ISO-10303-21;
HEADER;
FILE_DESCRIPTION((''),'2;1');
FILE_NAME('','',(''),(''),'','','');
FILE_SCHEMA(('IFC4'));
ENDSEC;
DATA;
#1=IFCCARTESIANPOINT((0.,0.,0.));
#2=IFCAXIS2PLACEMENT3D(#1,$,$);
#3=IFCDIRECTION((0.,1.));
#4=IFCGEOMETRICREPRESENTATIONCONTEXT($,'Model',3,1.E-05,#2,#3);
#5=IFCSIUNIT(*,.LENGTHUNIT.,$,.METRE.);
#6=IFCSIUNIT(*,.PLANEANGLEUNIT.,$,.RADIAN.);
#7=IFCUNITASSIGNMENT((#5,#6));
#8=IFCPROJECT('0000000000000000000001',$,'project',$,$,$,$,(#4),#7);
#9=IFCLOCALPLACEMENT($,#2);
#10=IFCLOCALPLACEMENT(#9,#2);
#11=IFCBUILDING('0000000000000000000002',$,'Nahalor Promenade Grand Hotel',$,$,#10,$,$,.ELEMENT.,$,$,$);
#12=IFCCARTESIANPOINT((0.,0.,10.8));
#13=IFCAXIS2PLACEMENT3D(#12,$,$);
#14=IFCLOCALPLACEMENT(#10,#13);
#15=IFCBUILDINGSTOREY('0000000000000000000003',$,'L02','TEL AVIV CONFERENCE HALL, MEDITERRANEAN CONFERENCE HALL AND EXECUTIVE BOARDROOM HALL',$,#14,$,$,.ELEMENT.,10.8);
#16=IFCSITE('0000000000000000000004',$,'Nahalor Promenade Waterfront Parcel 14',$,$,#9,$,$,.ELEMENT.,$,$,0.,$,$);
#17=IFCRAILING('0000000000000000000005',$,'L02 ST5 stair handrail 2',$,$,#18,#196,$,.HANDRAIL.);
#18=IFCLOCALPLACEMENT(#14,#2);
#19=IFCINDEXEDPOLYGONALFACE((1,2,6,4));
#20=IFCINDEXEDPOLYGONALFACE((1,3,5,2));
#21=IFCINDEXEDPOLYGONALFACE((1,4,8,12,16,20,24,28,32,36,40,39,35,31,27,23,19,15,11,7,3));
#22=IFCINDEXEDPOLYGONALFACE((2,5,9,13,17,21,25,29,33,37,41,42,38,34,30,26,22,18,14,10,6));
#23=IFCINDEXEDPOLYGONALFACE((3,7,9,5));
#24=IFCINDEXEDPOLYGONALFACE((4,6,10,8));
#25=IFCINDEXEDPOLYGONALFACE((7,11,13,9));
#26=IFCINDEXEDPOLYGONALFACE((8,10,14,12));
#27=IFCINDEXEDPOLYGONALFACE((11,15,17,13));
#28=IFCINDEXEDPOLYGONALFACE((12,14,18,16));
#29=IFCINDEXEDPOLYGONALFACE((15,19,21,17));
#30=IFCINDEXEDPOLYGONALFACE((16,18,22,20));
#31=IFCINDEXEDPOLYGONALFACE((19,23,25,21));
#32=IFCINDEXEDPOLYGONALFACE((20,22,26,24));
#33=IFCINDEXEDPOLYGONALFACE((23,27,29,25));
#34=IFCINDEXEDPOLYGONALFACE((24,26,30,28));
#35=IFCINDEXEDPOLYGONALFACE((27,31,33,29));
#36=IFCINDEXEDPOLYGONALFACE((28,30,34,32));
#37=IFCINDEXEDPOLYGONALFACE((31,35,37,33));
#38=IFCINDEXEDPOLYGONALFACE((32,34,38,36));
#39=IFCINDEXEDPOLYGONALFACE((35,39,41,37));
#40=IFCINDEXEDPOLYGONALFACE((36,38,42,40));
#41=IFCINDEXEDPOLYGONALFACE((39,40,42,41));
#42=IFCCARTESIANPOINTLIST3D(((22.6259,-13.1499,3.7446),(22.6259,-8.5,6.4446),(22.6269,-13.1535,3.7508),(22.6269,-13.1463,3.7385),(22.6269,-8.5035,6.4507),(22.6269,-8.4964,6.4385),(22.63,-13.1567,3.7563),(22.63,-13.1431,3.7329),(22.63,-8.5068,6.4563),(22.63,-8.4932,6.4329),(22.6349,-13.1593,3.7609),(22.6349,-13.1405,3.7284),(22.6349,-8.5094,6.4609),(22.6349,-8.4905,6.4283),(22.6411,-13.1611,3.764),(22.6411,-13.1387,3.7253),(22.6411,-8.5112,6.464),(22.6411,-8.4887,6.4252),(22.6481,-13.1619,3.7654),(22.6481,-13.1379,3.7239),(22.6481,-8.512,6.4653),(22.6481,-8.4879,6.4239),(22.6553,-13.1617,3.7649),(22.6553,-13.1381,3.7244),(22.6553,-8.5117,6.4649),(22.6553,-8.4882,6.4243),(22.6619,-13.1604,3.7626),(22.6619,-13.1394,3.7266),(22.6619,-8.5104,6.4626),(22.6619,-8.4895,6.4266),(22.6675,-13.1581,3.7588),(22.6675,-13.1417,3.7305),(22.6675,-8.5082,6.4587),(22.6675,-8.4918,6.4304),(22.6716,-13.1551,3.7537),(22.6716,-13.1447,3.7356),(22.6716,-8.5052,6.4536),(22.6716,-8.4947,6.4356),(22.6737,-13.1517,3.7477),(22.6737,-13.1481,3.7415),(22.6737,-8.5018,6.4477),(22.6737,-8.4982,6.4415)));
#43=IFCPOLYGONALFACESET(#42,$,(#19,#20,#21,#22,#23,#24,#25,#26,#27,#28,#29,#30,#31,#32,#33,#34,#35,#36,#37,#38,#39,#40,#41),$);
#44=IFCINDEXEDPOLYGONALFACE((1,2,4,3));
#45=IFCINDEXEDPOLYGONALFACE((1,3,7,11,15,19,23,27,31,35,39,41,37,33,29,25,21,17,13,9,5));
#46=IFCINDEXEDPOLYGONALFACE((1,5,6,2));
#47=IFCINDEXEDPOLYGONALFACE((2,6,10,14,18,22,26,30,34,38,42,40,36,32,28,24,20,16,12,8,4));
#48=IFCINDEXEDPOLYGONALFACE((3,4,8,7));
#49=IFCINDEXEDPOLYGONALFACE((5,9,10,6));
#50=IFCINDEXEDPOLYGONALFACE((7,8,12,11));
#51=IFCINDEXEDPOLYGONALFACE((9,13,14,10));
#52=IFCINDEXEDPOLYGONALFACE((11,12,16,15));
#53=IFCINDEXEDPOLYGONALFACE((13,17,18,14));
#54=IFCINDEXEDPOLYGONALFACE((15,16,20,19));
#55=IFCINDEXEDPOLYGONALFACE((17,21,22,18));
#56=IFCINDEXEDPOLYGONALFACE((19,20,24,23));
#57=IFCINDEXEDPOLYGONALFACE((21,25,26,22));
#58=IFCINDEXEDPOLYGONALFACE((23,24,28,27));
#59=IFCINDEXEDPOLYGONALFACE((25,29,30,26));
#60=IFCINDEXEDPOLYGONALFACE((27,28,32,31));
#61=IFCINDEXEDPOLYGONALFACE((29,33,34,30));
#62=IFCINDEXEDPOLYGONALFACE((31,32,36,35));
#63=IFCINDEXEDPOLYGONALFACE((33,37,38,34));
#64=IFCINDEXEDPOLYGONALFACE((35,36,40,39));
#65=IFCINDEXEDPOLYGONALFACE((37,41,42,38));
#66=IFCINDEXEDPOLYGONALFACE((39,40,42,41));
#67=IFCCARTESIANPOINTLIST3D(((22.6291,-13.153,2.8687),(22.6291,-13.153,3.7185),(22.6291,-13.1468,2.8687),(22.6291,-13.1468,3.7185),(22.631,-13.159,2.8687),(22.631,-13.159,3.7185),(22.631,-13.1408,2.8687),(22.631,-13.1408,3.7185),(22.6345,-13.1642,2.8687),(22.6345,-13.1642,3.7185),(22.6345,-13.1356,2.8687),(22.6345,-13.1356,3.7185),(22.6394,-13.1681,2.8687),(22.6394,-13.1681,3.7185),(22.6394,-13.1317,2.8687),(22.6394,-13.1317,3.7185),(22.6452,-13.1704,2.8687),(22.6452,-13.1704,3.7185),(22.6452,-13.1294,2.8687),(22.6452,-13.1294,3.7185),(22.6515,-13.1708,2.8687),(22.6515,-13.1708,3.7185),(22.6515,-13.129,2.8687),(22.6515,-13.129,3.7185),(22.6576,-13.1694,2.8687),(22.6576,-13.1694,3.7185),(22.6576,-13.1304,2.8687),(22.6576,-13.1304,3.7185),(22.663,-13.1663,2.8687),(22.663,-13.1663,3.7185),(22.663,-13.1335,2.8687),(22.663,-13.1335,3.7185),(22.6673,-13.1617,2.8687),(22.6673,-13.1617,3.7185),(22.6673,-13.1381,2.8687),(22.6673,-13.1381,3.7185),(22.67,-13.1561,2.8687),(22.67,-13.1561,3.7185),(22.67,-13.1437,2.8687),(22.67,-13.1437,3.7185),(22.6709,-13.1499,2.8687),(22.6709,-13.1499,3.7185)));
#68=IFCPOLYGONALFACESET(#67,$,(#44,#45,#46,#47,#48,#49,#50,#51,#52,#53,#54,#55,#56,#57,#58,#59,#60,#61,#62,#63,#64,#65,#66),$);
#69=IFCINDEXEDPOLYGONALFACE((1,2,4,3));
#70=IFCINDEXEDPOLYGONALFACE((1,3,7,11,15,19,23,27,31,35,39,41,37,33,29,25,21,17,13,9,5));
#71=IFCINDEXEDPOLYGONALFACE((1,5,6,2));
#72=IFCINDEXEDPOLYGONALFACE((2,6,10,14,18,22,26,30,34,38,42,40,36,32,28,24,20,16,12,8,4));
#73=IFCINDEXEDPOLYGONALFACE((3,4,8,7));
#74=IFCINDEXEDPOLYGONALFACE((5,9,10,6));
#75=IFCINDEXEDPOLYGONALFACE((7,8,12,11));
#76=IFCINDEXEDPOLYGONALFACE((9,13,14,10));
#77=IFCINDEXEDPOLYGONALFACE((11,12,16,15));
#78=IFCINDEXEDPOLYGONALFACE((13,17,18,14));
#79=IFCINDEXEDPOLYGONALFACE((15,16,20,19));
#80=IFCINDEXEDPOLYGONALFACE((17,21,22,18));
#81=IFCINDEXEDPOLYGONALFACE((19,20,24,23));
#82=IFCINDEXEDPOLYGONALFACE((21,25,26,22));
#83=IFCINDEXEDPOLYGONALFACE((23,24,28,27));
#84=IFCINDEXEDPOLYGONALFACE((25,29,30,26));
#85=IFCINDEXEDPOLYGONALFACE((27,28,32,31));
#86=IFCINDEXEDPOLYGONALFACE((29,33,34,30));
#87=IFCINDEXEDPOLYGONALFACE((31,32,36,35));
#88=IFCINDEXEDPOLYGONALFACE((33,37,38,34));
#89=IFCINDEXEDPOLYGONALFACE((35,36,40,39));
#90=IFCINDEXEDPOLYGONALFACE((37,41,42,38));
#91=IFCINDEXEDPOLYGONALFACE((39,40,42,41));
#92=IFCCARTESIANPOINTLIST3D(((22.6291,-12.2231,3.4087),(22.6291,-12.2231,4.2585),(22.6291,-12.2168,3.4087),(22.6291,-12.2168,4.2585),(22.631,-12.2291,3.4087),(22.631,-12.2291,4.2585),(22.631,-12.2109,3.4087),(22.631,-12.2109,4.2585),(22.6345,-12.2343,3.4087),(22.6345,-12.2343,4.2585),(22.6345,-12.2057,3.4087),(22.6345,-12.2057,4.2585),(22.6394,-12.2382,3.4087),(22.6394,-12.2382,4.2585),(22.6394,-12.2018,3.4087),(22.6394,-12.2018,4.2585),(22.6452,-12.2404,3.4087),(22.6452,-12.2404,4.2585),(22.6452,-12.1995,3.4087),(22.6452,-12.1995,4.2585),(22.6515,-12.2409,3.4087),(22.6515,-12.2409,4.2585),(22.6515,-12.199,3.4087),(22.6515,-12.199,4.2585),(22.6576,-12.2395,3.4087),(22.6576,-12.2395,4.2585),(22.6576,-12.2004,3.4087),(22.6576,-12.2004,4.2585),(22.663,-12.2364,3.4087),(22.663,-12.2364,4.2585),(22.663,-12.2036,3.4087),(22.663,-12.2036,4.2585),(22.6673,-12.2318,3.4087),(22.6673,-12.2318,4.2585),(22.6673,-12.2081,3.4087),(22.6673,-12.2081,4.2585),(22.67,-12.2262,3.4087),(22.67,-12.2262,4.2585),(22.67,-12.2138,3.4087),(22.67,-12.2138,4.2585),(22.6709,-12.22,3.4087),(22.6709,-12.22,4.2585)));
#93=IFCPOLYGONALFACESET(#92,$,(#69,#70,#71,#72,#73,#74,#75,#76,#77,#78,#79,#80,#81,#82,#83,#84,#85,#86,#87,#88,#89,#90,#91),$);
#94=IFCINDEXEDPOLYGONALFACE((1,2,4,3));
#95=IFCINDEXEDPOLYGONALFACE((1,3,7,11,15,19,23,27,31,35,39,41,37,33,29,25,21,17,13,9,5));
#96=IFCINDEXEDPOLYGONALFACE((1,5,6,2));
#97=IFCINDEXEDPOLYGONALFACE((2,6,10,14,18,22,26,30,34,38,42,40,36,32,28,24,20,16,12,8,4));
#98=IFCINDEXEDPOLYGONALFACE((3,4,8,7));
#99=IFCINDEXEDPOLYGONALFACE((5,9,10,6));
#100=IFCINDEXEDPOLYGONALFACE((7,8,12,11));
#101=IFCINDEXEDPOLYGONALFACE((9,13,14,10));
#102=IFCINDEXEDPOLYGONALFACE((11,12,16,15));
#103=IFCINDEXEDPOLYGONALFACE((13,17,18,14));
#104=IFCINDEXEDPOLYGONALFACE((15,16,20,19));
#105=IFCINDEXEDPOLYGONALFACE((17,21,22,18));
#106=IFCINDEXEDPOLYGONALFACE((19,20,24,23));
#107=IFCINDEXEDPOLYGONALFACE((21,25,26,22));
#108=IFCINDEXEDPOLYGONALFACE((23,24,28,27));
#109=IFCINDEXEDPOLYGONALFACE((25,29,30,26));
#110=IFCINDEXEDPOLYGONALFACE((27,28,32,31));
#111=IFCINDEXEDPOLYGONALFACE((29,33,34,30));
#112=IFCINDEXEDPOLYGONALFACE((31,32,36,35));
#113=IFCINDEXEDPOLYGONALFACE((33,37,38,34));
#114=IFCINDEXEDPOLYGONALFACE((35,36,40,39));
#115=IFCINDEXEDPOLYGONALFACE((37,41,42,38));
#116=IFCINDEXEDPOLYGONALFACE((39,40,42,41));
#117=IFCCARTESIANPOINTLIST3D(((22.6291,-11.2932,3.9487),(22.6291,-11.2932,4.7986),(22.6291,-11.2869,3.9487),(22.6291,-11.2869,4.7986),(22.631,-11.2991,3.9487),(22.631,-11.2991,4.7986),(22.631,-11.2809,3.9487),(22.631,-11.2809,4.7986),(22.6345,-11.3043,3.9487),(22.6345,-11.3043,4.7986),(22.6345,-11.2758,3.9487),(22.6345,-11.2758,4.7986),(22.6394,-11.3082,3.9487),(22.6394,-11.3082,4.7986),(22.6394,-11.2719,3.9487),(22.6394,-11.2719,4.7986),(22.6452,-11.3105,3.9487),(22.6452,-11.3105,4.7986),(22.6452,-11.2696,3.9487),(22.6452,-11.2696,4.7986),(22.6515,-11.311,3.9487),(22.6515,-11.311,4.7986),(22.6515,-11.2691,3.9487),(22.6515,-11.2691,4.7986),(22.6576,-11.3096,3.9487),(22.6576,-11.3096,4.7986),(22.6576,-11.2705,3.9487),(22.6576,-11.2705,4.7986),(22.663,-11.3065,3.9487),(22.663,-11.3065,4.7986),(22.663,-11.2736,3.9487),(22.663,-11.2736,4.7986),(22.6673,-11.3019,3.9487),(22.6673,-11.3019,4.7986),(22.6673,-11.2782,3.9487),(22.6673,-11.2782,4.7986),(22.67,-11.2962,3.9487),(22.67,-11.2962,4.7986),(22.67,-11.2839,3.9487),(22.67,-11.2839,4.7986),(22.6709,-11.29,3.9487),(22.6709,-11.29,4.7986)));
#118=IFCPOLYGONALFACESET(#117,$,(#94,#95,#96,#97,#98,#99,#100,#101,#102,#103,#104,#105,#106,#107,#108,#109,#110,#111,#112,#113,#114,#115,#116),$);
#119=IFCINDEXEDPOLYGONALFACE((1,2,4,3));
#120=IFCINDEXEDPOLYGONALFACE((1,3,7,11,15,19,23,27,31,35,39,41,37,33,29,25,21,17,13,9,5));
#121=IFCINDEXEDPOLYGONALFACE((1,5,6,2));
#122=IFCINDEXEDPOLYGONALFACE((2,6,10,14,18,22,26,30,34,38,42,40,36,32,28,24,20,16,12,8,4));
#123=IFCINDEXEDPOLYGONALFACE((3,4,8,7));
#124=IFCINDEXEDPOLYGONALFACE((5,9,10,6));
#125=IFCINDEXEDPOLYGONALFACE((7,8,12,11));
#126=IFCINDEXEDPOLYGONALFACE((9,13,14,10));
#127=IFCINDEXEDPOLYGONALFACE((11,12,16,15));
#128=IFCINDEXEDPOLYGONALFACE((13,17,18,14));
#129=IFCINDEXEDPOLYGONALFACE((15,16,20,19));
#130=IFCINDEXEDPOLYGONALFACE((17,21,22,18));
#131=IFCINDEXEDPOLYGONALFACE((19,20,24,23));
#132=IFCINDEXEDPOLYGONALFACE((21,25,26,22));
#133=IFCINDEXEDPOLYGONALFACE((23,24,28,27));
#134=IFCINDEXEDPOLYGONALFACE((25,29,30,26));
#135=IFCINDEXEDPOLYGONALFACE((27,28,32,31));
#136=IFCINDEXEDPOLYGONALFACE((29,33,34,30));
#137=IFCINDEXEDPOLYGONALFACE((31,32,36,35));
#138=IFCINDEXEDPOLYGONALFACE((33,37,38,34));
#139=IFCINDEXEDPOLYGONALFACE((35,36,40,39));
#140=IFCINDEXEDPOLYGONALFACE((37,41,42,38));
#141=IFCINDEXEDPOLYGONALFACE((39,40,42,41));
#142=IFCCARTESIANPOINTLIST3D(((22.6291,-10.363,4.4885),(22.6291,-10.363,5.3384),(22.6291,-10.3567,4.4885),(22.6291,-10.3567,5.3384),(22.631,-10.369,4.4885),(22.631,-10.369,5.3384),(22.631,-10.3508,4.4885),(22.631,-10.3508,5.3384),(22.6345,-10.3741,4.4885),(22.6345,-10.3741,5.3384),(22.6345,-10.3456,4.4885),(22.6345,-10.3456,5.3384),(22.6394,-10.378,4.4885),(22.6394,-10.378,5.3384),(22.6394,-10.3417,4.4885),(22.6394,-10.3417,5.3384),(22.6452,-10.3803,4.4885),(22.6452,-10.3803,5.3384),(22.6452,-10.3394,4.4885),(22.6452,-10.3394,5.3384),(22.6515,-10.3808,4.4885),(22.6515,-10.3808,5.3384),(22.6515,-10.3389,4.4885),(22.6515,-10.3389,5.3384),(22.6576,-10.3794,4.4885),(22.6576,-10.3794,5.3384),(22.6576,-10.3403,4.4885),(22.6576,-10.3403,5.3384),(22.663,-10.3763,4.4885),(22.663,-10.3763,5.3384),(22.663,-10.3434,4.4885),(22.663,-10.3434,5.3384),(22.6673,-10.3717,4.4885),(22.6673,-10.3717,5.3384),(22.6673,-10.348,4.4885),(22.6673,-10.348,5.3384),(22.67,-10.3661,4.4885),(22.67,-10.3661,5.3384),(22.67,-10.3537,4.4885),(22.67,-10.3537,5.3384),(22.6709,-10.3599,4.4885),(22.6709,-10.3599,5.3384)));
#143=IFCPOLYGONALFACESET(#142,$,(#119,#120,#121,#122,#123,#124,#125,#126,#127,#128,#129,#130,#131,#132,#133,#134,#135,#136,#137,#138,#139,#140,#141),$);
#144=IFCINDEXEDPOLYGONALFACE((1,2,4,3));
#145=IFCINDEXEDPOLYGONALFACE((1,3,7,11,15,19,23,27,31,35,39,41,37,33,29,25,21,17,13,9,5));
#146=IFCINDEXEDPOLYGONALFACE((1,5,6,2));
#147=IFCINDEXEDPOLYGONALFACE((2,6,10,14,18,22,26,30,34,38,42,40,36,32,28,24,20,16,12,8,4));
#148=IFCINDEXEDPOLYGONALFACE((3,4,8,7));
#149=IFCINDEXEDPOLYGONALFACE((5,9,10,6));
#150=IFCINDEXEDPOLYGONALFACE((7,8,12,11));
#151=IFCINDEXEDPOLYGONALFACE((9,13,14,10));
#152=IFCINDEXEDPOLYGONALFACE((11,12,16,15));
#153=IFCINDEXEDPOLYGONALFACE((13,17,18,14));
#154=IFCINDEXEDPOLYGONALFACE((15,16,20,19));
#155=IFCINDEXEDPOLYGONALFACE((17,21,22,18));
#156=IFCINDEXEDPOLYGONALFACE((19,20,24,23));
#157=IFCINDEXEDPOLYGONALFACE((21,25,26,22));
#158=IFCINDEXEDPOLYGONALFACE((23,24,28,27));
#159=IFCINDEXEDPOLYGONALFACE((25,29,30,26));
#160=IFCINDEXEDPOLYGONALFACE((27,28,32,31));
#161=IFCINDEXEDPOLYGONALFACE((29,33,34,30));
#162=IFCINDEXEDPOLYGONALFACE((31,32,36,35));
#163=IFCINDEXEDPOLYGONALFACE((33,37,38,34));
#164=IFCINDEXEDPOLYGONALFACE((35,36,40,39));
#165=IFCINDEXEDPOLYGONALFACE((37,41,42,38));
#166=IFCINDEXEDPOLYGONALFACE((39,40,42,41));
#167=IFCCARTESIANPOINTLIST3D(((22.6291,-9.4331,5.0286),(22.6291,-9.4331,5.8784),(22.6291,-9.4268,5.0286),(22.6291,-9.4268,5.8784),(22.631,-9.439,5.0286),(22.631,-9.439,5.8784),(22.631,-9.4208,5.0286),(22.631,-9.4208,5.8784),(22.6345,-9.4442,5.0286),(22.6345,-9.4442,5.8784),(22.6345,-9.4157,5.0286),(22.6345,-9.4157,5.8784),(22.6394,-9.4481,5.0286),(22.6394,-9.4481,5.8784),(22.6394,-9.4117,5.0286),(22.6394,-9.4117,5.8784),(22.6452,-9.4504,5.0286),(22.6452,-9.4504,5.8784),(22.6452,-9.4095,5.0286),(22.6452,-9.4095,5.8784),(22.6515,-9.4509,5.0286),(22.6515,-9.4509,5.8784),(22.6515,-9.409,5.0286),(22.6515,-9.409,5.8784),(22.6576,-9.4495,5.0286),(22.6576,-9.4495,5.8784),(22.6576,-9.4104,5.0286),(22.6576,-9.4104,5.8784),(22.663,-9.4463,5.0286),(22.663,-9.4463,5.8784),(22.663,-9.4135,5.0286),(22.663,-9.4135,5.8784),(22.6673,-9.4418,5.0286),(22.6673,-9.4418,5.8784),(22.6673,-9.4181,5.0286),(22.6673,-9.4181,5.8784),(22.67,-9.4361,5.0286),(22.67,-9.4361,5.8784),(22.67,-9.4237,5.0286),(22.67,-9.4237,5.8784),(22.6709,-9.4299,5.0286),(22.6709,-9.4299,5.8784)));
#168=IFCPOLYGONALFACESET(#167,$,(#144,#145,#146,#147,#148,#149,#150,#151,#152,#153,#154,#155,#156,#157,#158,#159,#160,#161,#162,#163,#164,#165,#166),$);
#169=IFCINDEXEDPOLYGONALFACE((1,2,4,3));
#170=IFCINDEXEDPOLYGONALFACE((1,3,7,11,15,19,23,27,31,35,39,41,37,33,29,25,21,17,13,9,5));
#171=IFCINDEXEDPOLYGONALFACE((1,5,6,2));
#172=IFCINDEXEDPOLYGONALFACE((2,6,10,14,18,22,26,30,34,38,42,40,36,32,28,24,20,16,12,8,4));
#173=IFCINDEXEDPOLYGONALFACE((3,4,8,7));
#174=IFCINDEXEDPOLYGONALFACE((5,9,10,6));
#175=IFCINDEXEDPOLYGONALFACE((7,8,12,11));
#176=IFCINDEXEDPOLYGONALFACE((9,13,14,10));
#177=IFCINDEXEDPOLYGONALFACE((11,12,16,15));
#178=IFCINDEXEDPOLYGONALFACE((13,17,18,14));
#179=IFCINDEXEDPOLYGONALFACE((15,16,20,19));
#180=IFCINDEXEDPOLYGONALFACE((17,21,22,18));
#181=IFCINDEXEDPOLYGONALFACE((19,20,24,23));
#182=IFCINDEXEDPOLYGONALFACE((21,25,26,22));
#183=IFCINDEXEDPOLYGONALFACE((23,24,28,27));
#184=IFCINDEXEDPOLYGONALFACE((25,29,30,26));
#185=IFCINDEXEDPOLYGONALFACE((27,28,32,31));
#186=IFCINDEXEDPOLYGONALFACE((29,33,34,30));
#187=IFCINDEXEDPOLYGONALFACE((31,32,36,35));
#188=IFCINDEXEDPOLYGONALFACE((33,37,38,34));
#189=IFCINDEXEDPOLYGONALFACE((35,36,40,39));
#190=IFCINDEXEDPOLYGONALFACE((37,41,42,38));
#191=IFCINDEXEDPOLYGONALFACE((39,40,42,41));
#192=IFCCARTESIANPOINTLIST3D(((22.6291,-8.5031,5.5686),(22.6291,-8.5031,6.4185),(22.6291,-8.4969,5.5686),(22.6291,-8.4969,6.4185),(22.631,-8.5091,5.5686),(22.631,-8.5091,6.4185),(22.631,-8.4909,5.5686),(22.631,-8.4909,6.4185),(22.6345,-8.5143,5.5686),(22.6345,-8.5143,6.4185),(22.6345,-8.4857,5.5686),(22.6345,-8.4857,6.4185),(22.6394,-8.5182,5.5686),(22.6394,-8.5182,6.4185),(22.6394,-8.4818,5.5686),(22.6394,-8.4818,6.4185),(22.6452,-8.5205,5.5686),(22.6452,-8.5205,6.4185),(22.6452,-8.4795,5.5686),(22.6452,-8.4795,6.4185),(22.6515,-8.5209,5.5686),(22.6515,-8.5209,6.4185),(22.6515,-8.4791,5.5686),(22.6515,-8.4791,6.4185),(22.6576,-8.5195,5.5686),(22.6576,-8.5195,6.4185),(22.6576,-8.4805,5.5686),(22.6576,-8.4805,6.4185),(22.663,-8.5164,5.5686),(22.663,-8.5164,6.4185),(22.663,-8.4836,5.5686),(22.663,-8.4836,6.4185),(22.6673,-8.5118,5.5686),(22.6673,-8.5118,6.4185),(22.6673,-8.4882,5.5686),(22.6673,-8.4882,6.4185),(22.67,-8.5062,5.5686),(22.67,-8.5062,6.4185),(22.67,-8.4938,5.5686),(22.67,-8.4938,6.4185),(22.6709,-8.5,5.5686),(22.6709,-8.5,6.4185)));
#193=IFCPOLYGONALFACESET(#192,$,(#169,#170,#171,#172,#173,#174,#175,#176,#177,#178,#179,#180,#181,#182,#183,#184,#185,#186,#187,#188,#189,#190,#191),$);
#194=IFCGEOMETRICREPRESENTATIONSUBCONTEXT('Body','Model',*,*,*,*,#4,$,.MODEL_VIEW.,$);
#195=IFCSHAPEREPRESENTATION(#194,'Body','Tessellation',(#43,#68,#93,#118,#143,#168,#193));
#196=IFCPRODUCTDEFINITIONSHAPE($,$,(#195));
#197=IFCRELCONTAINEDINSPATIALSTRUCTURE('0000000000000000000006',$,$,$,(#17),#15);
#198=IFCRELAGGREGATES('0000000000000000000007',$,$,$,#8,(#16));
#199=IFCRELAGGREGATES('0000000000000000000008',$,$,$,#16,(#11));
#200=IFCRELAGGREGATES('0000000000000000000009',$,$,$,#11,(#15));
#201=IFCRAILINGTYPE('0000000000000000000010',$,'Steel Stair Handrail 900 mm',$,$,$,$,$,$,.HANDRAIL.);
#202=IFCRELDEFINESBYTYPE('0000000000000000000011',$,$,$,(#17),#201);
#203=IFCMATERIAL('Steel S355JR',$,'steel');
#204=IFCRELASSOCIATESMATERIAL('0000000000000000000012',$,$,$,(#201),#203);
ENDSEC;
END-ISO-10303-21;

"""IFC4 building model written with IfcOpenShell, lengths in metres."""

from ifc_helpers import new_model, si_unit, direction, frame, origin, origin_2d, place, context, subcontext, project, spatial, circle, extrude, material, type_object, element, save


model = new_model("IFC4")

# Units and contexts
model_context = context("Model", 3, precision=1e-05, world=origin(), true_north=direction((0.0, 1.0)))
body_context = subcontext(model_context, "Body", "Model", "MODEL_VIEW")
ifc_project = project(units=[si_unit("LENGTHUNIT", "METRE"), si_unit("PLANEANGLEUNIT", "RADIAN")], contexts=[model_context])

# Site, building, storey
site_placement = place(None, origin())
site = spatial("IfcSite", under=ifc_project, at=site_placement, Name="Nahalor Promenade Waterfront Parcel 14", CompositionType="ELEMENT", RefElevation=0.0)
building_placement = place(site_placement, origin())
building = spatial("IfcBuilding", under=site, at=building_placement, Name="Nahalor Promenade Grand Hotel", CompositionType="ELEMENT")
storey_placement = place(building_placement, frame((0.0, 0.0, 10.8)))
storey = spatial("IfcBuildingStorey", under=building, at=storey_placement, Name="L02", Description="TEL AVIV CONFERENCE HALL, MEDITERRANEAN CONFERENCE HALL AND EXECUTIVE BOARDROOM HALL", CompositionType="ELEMENT", Elevation=10.8)

# Shared definitions
ifc_material_1 = material(Name="Steel S355JR", Category="steel")

# Railing
railing_type_1 = type_object("IfcRailingType", Name="Steel Stair Handrail 900 mm", PredefinedType="HANDRAIL", material=ifc_material_1)
railing_1_placement = place(storey_placement, frame((22.6499, -13.1499, 2.8687)))
element("IfcRailing", 1, at=railing_1_placement, inside=storey, type_object=railing_type_1, Name="L02 ST5 stair handrail 2", PredefinedType="HANDRAIL", context=body_context, shape_type="SweptSolid", body=[
    extrude(circle(Radius=0.024, at=origin_2d()), frame((0.0, 0.0, 0.876), z_axis=(0.0, 0.864788, 0.502137), x_axis=(-1.0, 0.0, 0.0)), (0.0, 0.0, 1.0), 5.377),
    extrude(circle(Radius=0.021, at=origin_2d()), origin(), (0.0, 0.0, 1.0), 0.8499),
    extrude(circle(Radius=0.021, at=origin_2d()), frame((0.0, 0.9299, 0.54)), (0.0, 0.0, 1.0), 0.8499),
    extrude(circle(Radius=0.021, at=origin_2d()), frame((0.0, 1.8599, 1.0801)), (0.0, 0.0, 1.0), 0.8499),
    extrude(circle(Radius=0.021, at=origin_2d()), frame((0.0, 2.79, 1.6199)), (0.0, 0.0, 1.0), 0.8499),
    extrude(circle(Radius=0.021, at=origin_2d()), frame((0.0, 3.72, 2.1599)), (0.0, 0.0, 1.0), 0.8499),
    extrude(circle(Radius=0.021, at=origin_2d()), frame((0.0, 4.6499, 2.7)), (0.0, 0.0, 1.0), 0.8499),
])

save(model, "model.ifc")
